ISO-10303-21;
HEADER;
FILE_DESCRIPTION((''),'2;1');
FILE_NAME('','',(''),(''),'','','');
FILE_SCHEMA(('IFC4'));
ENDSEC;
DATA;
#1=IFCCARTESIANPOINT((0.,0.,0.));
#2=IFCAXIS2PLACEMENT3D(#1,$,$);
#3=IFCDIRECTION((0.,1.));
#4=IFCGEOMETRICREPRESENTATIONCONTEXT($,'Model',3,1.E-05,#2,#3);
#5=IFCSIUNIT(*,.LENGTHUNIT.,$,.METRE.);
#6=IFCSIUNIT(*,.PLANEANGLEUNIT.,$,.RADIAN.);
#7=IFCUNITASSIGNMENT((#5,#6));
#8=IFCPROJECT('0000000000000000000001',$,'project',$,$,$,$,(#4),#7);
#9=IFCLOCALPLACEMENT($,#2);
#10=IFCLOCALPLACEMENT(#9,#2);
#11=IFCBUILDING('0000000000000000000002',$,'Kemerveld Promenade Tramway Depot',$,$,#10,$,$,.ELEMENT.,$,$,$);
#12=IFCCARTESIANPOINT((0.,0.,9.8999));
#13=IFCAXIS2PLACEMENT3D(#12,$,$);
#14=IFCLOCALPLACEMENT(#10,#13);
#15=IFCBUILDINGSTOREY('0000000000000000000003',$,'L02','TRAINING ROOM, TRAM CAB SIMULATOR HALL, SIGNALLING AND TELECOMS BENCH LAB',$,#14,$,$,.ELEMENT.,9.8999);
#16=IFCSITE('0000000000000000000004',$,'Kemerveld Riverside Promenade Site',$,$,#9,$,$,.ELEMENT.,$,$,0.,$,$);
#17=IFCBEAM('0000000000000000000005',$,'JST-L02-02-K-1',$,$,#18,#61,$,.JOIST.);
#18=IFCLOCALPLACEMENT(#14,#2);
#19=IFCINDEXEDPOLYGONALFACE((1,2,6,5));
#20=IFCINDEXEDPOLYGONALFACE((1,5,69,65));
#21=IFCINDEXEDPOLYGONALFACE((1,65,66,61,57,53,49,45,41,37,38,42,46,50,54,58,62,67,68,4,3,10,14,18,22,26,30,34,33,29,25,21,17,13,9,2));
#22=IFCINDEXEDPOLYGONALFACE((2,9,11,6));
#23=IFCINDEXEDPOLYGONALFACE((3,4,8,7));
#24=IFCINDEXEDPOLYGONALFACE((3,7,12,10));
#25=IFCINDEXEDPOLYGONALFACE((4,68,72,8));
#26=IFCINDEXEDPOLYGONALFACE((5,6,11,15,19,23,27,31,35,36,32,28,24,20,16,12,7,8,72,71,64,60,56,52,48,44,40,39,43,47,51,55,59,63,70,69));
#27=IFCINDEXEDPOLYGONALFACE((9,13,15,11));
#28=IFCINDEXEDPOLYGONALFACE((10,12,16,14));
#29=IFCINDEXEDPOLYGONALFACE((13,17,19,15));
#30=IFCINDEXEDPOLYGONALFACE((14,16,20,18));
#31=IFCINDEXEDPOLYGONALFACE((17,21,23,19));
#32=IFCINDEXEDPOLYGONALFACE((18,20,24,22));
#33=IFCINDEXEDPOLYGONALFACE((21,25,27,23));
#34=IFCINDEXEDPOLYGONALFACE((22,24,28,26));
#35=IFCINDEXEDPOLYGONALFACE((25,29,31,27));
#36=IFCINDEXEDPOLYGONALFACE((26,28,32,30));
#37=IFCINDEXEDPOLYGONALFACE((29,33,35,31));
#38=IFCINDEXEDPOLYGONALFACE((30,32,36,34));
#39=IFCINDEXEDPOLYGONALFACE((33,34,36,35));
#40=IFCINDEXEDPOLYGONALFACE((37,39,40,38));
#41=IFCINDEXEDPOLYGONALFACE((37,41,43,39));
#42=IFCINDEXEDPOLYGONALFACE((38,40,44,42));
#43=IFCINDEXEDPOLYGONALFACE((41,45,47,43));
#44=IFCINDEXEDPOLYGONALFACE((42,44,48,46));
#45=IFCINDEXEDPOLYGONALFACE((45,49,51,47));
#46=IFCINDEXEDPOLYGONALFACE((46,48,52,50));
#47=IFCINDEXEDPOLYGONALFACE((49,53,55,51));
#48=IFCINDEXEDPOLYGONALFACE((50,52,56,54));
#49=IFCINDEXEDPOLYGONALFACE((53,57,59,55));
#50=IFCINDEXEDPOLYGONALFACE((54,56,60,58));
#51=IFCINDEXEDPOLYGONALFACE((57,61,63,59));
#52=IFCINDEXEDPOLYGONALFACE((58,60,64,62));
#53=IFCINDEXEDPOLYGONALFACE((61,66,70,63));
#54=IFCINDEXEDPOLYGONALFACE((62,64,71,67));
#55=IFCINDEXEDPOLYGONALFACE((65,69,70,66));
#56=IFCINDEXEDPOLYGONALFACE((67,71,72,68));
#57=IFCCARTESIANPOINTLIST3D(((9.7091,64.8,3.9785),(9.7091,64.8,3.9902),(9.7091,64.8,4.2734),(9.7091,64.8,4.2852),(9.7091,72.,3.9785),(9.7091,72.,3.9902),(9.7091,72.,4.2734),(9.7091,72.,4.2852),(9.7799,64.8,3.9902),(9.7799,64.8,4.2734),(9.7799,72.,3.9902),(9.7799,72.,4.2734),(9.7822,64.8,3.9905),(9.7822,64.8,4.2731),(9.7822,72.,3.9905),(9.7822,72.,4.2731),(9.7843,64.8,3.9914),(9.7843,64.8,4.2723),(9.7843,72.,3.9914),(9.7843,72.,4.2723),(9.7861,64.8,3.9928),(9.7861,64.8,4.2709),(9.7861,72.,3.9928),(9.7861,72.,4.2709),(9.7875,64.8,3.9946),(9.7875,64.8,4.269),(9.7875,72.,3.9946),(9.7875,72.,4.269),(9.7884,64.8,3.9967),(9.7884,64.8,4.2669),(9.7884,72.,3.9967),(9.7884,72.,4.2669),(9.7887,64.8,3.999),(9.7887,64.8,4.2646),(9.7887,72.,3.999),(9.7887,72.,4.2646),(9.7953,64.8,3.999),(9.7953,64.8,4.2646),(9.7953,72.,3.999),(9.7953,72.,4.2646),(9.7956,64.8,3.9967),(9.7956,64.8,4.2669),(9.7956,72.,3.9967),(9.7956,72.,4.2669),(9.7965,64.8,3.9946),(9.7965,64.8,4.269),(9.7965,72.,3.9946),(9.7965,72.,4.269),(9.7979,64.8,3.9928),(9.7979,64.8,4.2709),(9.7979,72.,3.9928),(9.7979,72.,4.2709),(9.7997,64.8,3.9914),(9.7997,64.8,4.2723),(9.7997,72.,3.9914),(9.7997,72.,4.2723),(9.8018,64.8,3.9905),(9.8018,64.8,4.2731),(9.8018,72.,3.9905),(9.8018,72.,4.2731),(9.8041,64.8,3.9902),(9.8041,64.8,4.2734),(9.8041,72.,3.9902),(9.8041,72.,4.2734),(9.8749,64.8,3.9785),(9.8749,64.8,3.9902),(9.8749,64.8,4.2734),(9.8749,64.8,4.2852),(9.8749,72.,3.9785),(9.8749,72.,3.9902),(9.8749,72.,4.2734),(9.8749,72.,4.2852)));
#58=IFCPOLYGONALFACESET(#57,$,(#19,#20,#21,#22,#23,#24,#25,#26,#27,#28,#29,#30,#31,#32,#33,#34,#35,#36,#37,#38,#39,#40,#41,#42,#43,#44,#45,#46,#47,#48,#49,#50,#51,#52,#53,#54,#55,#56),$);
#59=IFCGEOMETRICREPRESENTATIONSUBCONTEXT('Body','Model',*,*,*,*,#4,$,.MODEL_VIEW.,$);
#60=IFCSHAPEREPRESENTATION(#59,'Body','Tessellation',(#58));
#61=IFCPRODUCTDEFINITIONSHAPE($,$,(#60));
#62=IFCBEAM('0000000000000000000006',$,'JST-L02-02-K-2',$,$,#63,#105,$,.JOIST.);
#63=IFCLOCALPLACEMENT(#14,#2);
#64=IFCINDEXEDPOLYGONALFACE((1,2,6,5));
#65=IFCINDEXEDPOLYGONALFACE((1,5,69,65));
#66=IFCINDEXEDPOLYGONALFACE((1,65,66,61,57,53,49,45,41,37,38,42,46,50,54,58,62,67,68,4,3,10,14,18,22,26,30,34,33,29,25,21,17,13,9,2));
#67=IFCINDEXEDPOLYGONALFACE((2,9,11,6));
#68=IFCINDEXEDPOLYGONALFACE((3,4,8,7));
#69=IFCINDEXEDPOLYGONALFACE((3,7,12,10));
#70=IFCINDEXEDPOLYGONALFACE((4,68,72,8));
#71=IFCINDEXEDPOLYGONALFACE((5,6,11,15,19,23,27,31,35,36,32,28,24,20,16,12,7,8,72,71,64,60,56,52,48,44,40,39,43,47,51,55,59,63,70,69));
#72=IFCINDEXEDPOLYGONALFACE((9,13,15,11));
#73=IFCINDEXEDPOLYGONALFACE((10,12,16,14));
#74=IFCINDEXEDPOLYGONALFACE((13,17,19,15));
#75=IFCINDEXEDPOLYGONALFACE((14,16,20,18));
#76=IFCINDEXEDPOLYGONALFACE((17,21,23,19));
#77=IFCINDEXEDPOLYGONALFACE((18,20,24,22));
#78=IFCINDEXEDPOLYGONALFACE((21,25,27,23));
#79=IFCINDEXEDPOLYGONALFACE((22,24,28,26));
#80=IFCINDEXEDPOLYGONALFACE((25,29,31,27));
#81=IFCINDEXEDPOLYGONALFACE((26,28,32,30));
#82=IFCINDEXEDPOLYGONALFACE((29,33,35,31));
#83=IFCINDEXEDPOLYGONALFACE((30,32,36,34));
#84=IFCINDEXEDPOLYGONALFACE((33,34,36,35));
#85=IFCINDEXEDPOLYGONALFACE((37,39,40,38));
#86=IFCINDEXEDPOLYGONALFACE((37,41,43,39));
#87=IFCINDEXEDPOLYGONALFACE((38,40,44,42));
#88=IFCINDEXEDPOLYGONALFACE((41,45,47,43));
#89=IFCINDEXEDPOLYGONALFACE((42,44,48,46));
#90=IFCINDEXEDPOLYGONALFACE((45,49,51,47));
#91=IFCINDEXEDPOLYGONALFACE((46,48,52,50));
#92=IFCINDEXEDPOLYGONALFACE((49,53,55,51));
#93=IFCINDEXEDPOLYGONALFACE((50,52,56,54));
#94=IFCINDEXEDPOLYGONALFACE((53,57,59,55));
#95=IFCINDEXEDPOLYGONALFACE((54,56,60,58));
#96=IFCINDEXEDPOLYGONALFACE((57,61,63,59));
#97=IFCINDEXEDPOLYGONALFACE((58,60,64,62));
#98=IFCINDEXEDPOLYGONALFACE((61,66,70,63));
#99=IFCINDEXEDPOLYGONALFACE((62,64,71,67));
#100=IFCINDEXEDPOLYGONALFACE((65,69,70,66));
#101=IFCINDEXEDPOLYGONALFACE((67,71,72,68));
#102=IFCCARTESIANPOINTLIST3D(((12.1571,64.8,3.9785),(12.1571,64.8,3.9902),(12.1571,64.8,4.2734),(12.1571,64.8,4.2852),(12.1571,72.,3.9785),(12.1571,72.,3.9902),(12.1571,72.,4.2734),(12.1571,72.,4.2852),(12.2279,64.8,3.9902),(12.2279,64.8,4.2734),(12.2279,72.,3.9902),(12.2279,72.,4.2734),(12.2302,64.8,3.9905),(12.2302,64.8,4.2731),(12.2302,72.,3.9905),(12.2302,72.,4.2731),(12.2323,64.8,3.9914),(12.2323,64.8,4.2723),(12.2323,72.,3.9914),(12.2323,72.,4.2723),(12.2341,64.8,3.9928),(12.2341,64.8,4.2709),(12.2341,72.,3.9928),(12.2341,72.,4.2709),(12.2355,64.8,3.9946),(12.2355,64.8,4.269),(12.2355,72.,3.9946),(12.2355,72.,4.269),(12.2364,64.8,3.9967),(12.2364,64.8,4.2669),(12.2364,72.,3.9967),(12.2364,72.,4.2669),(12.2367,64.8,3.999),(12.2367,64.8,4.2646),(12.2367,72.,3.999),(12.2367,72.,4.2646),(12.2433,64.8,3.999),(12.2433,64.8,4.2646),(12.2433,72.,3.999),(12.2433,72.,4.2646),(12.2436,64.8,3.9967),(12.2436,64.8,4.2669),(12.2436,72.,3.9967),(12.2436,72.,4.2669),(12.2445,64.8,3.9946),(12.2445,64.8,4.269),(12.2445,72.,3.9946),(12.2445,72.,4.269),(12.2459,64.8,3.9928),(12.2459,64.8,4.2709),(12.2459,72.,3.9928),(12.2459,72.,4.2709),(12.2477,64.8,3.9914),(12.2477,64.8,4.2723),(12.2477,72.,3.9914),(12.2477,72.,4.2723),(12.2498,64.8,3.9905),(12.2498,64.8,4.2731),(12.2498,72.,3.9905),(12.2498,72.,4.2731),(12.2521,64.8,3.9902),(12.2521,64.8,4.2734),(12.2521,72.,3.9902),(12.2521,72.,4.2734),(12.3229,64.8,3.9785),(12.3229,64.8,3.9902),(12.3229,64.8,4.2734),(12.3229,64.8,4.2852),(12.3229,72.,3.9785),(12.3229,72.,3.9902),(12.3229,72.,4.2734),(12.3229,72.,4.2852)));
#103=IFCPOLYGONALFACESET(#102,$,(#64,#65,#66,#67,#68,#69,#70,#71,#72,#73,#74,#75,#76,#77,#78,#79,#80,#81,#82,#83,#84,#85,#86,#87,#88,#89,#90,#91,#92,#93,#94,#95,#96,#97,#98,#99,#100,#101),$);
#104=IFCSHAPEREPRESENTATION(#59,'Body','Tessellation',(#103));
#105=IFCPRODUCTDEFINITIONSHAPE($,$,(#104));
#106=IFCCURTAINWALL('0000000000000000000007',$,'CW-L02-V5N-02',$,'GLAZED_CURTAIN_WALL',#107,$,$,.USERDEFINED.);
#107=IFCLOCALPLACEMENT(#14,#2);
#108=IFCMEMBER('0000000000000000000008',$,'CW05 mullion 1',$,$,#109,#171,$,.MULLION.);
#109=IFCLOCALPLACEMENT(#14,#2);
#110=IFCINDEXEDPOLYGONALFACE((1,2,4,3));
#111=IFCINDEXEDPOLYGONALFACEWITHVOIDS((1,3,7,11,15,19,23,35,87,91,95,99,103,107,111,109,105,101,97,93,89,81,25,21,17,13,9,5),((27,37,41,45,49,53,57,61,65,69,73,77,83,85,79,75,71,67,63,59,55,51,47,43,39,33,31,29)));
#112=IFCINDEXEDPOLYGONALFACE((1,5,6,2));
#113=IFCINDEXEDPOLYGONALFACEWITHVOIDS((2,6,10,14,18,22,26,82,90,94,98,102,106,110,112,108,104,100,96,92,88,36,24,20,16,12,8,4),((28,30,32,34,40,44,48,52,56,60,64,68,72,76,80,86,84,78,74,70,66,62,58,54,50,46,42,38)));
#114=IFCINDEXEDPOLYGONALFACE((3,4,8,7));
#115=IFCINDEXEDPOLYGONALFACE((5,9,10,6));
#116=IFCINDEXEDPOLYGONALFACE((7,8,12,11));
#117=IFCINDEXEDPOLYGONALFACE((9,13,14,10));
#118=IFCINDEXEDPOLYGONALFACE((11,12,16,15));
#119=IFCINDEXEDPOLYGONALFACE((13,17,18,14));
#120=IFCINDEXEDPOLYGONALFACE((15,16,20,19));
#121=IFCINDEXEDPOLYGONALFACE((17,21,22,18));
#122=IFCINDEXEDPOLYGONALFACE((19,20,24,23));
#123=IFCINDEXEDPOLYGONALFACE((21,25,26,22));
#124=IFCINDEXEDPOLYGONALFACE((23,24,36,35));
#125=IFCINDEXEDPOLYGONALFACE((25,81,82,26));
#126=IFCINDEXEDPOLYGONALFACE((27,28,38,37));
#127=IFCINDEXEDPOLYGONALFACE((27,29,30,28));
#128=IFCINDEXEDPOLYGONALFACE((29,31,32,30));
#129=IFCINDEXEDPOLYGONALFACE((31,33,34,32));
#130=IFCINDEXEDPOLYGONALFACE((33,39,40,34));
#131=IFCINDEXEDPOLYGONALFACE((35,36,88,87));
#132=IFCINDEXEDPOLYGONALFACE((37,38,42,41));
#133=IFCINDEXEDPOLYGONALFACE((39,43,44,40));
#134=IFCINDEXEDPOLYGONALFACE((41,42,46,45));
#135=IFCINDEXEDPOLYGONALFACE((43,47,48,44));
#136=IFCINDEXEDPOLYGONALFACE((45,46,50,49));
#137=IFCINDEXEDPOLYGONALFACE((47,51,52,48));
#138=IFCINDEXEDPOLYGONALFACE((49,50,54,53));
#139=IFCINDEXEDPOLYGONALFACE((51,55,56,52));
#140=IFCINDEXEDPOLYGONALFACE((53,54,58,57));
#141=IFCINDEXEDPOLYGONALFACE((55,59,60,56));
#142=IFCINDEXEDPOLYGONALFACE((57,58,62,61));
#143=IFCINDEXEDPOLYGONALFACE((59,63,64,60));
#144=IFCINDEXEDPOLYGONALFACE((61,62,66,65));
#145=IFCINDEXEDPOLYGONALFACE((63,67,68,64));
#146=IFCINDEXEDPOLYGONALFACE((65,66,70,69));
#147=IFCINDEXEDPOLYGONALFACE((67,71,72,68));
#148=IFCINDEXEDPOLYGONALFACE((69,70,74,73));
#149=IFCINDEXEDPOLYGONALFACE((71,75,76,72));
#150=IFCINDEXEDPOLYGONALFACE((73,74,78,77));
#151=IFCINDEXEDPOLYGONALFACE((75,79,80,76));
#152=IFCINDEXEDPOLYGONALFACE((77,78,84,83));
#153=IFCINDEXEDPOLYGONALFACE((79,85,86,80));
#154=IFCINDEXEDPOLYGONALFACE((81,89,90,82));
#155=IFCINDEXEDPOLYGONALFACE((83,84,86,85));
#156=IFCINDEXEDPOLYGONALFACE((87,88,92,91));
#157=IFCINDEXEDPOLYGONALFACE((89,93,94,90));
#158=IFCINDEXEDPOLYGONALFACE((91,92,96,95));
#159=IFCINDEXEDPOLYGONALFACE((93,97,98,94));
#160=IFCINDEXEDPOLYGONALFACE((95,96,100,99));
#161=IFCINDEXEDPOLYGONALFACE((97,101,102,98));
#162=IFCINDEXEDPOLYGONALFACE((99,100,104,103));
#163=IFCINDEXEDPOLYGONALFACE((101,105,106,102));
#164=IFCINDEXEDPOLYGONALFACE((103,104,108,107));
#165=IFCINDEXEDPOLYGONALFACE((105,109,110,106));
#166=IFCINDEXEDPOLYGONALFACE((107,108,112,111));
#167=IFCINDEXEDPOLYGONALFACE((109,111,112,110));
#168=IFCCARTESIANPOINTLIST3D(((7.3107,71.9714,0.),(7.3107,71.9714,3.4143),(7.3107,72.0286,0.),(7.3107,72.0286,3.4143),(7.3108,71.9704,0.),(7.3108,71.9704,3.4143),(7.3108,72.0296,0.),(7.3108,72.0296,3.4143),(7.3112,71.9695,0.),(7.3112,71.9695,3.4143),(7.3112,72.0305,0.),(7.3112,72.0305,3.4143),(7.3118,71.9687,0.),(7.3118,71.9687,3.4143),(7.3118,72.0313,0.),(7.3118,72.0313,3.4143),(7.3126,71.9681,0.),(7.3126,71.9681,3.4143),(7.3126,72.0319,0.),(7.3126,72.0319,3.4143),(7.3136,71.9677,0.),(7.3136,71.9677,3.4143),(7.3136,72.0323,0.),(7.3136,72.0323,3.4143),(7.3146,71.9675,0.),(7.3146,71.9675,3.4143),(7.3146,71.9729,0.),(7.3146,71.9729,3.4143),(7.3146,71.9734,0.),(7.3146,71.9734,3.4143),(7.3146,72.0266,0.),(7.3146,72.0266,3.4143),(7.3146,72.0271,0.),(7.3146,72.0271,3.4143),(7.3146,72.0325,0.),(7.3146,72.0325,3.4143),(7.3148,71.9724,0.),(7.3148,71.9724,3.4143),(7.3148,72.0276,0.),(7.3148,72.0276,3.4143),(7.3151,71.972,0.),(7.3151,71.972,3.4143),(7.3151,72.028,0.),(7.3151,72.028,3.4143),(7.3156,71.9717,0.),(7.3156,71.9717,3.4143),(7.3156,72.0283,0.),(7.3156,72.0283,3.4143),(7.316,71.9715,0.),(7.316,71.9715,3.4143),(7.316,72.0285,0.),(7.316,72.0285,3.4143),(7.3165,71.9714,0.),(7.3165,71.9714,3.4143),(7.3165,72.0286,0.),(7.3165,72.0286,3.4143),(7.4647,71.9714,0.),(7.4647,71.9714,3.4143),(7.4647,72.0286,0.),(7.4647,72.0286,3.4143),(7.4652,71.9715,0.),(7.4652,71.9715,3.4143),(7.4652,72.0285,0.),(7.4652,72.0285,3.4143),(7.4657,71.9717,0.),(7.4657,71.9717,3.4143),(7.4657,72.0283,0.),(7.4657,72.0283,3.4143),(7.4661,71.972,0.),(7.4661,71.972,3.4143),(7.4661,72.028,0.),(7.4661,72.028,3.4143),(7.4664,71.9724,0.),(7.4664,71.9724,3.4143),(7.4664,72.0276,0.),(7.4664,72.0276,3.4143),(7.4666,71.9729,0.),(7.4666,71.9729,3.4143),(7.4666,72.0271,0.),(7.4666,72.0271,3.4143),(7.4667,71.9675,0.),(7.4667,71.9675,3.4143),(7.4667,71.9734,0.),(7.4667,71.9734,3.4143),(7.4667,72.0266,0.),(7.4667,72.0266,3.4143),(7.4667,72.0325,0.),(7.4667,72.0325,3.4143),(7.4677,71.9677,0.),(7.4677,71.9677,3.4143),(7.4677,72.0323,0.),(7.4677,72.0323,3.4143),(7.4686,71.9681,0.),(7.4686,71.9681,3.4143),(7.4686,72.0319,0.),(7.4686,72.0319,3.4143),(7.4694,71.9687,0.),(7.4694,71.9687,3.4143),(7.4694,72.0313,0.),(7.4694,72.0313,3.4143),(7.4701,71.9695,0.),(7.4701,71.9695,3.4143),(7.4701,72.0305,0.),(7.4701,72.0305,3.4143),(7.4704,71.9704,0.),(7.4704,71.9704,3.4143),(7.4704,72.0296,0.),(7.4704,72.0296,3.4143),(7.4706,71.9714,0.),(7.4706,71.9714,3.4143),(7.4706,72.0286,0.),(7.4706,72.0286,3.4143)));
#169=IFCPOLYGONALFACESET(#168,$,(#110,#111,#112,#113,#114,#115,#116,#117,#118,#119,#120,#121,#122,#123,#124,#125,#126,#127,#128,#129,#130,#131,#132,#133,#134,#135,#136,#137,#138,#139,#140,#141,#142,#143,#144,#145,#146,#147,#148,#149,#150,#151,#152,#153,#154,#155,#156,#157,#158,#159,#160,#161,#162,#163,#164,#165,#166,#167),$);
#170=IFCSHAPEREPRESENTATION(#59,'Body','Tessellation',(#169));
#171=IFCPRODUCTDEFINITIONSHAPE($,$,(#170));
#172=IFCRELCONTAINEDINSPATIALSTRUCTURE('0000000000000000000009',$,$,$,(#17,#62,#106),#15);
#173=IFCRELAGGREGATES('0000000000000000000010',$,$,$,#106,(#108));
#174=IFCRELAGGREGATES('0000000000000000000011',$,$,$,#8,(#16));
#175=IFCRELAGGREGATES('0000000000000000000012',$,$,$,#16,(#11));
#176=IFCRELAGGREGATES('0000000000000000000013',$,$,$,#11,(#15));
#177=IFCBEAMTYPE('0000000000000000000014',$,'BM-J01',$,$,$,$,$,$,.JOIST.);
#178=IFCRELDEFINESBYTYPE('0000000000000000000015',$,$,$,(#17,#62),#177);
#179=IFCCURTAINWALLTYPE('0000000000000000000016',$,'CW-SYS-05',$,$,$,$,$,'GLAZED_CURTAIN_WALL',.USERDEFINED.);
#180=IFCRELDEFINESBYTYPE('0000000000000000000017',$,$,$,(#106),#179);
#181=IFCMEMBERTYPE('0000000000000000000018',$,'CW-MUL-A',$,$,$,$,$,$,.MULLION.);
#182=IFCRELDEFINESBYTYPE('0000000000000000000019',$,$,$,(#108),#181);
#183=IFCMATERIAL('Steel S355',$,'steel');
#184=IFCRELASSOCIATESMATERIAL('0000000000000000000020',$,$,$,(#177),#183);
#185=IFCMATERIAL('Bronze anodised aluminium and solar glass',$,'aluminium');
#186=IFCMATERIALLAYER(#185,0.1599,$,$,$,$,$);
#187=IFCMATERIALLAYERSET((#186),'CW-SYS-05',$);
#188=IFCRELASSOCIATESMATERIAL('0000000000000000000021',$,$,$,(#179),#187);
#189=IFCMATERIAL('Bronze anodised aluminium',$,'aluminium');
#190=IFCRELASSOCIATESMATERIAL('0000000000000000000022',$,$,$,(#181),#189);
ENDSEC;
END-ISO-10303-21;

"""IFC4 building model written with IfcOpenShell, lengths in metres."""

from ifc_helpers import new_model, si_unit, direction, frame, origin, origin_2d, place, context, subcontext, project, spatial, hollow_rectangle, i_section, extrude, material, layer, layer_set, material_profile, profile_set, type_object, element, aggregate, save


model = new_model("IFC4")

# Units and contexts
model_context = context("Model", 3, precision=1e-05, world=origin(), true_north=direction((0.0, 1.0)))
body_context = subcontext(model_context, "Body", "Model", "MODEL_VIEW")
ifc_project = project(units=[si_unit("LENGTHUNIT", "METRE"), si_unit("PLANEANGLEUNIT", "RADIAN")], contexts=[model_context])

# Site, building, storey
site_placement = place(None, origin())
site = spatial("IfcSite", under=ifc_project, at=site_placement, Name="Kemerveld Riverside Promenade Site", CompositionType="ELEMENT", RefElevation=0.0)
building_placement = place(site_placement, origin())
building = spatial("IfcBuilding", under=site, at=building_placement, Name="Kemerveld Promenade Tramway Depot", CompositionType="ELEMENT")
storey_placement = place(building_placement, frame((0.0, 0.0, 9.8999)))
storey = spatial("IfcBuildingStorey", under=building, at=storey_placement, Name="L02", Description="TRAINING ROOM, TRAM CAB SIMULATOR HALL, SIGNALLING AND TELECOMS BENCH LAB", CompositionType="ELEMENT", Elevation=9.8999)

# Beams
ifc_material_1 = material(Name="Steel S355", Category="steel")
ifc_material_profile_1 = material_profile(ifc_material_1, i_section(OverallWidth=0.1658, OverallDepth=0.3066, WebThickness=0.0066, FlangeThickness=0.0117, FilletRadius=0.0088, at=origin_2d()), Name="305x165x46 UB")
ifc_profile_set_1 = profile_set([ifc_material_profile_1], Name="Steel S355")
beam_type = type_object("IfcBeamType", Name="BM-J01", PredefinedType="JOIST", material=ifc_profile_set_1)
for number, where, z_axis, x_axis, name in (
    (1, (9.792, 64.8, 4.1318), (0.0, 1.0, 0.0), (-1.0, 0.0, 0.0), "JST-L02-02-K-1"),
    (2, (12.24, 64.8, 4.1318), (0.0, 1.0, 0.0), (-1.0, 0.0, 0.0), "JST-L02-02-K-2"),
):
    element("IfcBeam", number, at=place(storey_placement, frame(where, z_axis=z_axis, x_axis=x_axis)), inside=storey, type_object=beam_type, Name=name, PredefinedType="JOIST", context=body_context, shape_type="SweptSolid", body=[
        extrude(i_section(OverallWidth=0.1658, OverallDepth=0.3066, WebThickness=0.0066, FlangeThickness=0.0117, FilletRadius=0.0088, at=origin_2d()), origin(), (0.0, 0.0, 1.0), 7.2),
    ])

# Curtain wall, member
ifc_material_2 = material(Name="Bronze anodised aluminium and solar glass", Category="aluminium")
ifc_layer_1 = layer(ifc_material_2, 0.1599)
ifc_layer_set_1 = layer_set([ifc_layer_1], Name="CW-SYS-05")
curtain_wall_type = type_object("IfcCurtainWallType", Name="CW-SYS-05", ElementType="GLAZED_CURTAIN_WALL", PredefinedType="USERDEFINED", material=ifc_layer_set_1)
curtain_wall_placement = place(storey_placement, origin())
curtain_wall = element("IfcCurtainWall", 3, at=curtain_wall_placement, inside=storey, type_object=curtain_wall_type, Name="CW-L02-V5N-02", ObjectType="GLAZED_CURTAIN_WALL", PredefinedType="USERDEFINED")
ifc_material_3 = material(Name="Bronze anodised aluminium", Category="aluminium")
ifc_material_profile_2 = material_profile(ifc_material_3, hollow_rectangle(XDim=0.0649, YDim=0.1599, WallThickness=0.0039, InnerFilletRadius=0.002, OuterFilletRadius=0.0039, at=origin_2d()), Name="CW-MUL-160x65")
ifc_profile_set_2 = profile_set([ifc_material_profile_2], Name="Bronze anodised aluminium")
member_type_1 = type_object("IfcMemberType", Name="CW-MUL-A", PredefinedType="MULLION", material=ifc_profile_set_2)
member_1_placement = place(storey_placement, frame((7.3906, 72.0, 0.0), z_axis=(0.0, 0.0, 1.0), x_axis=(0.0, 1.0, 0.0)))
member_1 = element("IfcMember", 4, at=member_1_placement, type_object=member_type_1, Name="CW05 mullion 1", PredefinedType="MULLION", context=body_context, shape_type="SweptSolid", body=[
    extrude(hollow_rectangle(XDim=0.0649, YDim=0.1599, WallThickness=0.0039, InnerFilletRadius=0.002, OuterFilletRadius=0.0039, at=origin_2d()), origin(), (0.0, 0.0, 1.0), 3.4143),
])
aggregate(curtain_wall, [member_1])

save(model, "model.ifc")
